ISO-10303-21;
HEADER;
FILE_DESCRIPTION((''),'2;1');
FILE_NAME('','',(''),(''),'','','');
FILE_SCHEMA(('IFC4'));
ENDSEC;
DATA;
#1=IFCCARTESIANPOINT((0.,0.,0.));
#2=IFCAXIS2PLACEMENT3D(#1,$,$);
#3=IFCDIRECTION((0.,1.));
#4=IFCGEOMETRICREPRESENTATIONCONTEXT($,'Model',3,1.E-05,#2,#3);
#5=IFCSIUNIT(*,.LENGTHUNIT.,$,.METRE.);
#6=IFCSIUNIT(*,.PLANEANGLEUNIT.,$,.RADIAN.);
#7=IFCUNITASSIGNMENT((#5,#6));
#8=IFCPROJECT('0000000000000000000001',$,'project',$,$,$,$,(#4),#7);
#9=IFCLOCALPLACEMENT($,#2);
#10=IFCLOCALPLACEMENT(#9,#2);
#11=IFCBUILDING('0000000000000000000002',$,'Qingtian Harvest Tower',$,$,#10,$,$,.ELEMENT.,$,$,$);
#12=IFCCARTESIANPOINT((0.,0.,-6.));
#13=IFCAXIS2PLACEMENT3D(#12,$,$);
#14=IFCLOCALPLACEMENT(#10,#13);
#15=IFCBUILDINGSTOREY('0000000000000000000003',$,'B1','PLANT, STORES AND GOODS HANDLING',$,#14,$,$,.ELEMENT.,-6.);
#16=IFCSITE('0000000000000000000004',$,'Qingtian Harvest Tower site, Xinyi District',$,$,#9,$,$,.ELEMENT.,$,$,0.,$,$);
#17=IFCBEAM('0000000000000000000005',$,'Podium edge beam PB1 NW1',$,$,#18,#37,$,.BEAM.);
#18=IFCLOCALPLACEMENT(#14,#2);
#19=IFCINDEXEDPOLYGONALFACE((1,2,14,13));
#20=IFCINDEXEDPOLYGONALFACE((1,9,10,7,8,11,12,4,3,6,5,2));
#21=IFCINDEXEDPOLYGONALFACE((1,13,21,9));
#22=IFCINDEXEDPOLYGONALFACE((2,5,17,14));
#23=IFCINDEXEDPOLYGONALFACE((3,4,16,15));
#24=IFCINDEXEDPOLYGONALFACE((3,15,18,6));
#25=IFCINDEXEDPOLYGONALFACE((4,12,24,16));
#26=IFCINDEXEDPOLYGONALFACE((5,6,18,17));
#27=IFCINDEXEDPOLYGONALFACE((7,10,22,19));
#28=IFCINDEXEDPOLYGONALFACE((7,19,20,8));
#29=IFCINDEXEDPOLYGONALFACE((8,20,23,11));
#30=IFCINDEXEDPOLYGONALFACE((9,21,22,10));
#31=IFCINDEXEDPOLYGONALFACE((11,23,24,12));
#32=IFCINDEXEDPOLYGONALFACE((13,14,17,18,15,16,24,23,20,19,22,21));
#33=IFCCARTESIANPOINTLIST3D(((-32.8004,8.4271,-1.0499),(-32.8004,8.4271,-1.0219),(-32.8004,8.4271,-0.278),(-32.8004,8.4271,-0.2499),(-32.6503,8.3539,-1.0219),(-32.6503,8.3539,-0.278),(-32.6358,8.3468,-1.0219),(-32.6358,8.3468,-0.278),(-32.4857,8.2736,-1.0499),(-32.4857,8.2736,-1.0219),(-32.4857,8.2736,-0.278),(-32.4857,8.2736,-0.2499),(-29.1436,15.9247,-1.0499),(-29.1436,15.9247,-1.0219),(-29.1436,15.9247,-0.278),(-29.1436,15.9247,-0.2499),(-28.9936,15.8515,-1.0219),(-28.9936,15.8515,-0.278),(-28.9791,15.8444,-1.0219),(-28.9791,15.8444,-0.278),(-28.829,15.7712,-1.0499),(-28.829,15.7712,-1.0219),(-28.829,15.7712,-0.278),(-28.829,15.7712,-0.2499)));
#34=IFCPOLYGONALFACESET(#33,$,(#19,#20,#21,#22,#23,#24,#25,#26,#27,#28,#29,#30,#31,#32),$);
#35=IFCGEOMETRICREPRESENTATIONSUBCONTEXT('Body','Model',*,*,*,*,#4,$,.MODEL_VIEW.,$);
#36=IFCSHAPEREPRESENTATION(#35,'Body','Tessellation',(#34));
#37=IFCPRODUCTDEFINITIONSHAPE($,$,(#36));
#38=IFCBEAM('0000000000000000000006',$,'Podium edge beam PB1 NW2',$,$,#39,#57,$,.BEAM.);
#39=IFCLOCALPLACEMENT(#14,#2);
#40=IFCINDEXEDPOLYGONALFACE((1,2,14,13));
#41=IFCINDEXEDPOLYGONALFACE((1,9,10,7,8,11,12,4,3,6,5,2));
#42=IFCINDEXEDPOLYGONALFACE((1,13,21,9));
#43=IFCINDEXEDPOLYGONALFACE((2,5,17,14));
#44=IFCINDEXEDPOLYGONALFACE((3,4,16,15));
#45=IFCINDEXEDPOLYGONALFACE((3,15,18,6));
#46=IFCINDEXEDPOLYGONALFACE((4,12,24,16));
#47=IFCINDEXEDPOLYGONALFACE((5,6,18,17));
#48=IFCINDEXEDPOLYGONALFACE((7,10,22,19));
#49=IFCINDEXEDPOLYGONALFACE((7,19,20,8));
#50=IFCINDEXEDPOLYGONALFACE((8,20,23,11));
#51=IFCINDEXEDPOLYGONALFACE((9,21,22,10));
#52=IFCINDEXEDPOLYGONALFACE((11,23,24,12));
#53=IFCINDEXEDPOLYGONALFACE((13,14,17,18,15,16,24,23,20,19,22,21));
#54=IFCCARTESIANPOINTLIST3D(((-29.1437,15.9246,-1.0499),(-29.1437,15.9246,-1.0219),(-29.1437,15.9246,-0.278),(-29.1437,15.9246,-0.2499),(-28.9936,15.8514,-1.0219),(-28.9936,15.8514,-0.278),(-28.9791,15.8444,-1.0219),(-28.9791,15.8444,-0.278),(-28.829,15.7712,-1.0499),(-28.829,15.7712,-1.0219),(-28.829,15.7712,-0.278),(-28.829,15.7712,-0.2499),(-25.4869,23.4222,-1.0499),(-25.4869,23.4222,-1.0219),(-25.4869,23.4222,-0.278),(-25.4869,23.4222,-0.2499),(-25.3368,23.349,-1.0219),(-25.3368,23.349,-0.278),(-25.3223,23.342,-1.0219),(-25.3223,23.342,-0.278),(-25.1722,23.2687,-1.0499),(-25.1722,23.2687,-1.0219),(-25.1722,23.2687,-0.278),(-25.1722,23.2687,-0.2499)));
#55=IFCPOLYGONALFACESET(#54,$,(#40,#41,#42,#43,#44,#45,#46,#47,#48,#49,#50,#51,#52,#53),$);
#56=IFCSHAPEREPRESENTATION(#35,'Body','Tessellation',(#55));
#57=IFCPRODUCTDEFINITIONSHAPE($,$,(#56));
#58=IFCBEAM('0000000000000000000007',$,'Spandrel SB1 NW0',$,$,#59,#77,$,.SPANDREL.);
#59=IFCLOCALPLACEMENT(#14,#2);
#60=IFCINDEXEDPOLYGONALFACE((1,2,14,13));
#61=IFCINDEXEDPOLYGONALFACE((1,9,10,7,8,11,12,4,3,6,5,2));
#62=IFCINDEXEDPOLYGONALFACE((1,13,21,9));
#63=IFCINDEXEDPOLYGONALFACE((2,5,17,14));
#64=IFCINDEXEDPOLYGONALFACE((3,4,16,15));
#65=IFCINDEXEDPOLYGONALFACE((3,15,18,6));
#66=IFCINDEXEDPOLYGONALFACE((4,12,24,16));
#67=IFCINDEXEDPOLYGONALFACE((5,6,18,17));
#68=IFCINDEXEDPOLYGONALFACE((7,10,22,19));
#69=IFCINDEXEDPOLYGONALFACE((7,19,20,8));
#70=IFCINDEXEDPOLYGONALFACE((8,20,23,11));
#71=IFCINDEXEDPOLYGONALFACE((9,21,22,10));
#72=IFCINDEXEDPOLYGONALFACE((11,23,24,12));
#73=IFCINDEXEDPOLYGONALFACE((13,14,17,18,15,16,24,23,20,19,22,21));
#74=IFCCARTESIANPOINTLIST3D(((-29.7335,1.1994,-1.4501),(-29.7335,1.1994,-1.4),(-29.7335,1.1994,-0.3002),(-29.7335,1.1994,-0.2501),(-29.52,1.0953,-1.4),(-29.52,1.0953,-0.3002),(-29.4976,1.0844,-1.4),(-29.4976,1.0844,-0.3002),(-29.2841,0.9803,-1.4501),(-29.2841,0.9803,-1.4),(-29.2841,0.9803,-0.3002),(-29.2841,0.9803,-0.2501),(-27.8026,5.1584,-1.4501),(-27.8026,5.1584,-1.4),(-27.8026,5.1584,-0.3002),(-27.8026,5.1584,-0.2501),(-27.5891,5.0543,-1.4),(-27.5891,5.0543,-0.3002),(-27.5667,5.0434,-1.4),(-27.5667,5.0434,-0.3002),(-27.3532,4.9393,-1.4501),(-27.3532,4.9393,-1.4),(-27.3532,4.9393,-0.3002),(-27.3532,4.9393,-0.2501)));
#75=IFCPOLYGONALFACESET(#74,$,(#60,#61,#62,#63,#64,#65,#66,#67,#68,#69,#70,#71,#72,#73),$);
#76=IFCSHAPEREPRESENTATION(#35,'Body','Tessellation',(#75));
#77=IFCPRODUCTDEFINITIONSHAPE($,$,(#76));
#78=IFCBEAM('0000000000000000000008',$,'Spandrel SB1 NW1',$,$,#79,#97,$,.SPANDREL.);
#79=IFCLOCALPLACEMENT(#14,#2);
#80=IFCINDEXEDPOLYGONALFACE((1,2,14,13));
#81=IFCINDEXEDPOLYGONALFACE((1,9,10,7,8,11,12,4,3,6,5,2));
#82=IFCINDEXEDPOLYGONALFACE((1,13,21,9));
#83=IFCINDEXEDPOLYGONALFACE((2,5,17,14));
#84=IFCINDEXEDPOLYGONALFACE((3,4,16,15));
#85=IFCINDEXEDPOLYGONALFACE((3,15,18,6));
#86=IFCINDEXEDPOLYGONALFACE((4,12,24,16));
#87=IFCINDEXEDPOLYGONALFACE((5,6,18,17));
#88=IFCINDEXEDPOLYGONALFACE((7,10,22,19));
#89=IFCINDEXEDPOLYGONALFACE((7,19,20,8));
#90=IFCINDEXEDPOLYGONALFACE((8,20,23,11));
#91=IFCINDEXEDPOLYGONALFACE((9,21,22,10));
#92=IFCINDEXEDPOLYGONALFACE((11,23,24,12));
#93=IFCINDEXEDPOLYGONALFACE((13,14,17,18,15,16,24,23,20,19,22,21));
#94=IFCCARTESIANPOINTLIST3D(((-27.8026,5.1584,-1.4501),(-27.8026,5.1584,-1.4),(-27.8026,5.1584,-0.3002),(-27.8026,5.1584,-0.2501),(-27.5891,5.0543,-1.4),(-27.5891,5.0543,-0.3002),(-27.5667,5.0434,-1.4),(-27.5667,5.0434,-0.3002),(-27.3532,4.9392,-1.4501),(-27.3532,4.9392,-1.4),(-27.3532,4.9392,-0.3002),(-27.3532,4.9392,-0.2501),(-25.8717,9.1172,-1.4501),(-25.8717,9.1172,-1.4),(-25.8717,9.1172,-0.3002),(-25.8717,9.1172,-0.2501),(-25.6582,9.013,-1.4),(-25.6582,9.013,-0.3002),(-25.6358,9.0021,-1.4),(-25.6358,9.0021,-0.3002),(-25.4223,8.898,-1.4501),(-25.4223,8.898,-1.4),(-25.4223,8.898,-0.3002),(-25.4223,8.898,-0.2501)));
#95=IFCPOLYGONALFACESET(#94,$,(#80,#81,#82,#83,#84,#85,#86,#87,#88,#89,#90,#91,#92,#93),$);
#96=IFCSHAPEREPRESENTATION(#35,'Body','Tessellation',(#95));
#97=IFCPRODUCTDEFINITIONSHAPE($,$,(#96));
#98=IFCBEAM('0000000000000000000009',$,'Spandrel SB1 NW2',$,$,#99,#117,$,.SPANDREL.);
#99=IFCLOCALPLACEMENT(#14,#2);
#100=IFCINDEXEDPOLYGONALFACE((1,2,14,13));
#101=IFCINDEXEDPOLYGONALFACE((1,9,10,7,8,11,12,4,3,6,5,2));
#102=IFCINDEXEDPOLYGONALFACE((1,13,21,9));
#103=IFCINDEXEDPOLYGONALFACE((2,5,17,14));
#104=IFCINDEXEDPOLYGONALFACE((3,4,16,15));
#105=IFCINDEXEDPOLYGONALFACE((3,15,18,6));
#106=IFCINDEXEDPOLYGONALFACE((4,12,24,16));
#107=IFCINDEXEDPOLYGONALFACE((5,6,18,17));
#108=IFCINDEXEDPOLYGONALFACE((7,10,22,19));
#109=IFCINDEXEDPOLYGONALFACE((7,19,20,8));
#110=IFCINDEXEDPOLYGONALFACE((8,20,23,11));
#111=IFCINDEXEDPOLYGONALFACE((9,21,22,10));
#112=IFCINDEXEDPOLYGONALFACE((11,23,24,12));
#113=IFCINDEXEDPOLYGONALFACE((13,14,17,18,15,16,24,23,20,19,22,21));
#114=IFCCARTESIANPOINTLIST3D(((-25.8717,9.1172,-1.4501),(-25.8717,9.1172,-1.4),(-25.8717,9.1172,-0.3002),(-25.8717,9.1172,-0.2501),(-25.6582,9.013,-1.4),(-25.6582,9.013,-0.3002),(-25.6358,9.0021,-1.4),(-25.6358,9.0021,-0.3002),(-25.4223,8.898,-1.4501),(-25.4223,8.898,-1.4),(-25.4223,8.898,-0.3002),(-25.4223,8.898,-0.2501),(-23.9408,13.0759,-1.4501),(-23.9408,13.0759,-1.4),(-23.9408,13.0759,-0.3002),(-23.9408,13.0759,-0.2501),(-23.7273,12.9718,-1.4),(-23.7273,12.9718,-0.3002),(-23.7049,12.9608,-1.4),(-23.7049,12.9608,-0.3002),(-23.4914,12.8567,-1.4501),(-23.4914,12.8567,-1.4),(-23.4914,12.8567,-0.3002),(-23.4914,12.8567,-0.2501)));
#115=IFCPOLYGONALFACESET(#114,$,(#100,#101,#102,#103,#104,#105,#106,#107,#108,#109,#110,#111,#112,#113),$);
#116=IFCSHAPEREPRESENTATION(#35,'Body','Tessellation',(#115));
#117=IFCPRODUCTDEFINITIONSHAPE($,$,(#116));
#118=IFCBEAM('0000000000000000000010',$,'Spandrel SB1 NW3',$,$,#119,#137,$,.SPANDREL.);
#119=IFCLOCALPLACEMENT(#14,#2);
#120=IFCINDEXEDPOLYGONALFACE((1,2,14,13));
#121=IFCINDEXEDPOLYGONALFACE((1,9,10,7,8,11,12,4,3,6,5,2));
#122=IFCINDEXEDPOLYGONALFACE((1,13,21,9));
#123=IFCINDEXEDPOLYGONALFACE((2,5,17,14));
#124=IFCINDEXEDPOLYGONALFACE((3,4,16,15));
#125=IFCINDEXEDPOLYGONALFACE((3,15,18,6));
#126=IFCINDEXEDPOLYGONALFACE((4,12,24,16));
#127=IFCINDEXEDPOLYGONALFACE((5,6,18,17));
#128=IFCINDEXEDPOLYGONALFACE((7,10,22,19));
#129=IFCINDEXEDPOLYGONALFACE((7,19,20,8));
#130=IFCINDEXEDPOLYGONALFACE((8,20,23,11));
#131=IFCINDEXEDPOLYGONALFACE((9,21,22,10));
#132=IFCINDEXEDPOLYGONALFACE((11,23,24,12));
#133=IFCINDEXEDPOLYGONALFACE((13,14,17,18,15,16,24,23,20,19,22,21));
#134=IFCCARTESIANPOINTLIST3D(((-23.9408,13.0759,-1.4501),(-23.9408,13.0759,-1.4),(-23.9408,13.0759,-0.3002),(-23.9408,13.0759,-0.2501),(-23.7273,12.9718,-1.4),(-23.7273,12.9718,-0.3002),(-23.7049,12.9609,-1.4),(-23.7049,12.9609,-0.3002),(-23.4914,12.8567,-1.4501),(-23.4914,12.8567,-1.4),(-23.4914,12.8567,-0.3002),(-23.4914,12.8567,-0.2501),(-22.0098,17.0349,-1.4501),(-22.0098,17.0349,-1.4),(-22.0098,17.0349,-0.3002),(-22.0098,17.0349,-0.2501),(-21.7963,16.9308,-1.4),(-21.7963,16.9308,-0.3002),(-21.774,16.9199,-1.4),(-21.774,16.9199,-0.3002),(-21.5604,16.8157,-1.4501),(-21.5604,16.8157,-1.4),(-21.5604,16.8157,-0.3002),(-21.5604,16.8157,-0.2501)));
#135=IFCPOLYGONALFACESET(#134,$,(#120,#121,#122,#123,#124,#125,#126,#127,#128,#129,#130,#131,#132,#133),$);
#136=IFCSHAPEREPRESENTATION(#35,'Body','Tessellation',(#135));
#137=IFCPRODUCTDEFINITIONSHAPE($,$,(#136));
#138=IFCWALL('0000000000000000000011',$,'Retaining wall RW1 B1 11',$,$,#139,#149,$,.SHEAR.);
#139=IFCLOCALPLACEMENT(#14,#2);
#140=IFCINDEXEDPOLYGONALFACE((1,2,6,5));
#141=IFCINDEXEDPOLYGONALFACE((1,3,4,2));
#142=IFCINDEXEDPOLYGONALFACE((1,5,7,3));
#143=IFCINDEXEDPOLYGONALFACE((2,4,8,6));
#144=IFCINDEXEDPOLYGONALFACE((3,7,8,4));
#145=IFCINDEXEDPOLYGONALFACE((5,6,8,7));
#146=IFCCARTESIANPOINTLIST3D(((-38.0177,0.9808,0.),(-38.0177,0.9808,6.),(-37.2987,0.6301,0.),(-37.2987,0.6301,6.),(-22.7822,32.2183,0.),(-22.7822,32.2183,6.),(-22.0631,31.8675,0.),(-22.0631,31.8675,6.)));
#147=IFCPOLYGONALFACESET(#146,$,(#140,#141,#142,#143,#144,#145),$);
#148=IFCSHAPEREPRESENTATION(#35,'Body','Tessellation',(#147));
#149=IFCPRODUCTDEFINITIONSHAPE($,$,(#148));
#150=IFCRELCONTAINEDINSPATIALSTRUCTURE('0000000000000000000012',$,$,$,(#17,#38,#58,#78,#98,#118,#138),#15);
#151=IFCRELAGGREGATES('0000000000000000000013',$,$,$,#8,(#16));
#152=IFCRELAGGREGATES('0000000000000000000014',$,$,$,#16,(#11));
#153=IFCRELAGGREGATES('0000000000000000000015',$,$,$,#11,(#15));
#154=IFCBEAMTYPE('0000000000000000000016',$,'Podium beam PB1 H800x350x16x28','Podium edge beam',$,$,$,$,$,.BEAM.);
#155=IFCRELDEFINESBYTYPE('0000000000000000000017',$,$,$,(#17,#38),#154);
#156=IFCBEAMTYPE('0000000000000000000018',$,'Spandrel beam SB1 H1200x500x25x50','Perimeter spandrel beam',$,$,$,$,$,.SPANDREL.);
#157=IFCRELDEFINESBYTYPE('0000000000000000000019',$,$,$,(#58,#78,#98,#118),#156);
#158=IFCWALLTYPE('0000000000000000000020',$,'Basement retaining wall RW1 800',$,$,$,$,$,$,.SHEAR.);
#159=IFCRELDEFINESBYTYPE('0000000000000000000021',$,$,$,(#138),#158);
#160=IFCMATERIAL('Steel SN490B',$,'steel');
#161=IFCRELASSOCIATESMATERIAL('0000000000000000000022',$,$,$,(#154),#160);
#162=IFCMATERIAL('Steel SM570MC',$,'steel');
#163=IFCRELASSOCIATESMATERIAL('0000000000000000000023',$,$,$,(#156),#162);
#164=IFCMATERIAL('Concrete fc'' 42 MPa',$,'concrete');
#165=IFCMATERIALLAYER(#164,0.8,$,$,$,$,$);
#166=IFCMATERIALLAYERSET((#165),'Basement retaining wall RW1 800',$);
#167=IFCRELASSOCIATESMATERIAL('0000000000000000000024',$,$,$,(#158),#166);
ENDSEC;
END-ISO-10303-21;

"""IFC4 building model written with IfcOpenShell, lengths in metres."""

from ifc_helpers import new_model, si_unit, direction, frame, frame_2d, origin, origin_2d, place, context, subcontext, project, spatial, rectangle, i_section, extrude, material, layer, layer_set, material_profile, profile_set, type_object, element, save


model = new_model("IFC4")

# Units and contexts
model_context = context("Model", 3, precision=1e-05, world=origin(), true_north=direction((0.0, 1.0)))
body_context = subcontext(model_context, "Body", "Model", "MODEL_VIEW")
ifc_project = project(units=[si_unit("LENGTHUNIT", "METRE"), si_unit("PLANEANGLEUNIT", "RADIAN")], contexts=[model_context])

# Site, building, storey
site_placement = place(None, origin())
site = spatial("IfcSite", under=ifc_project, at=site_placement, Name="Qingtian Harvest Tower site, Xinyi District", CompositionType="ELEMENT", RefElevation=0.0)
building_placement = place(site_placement, origin())
building = spatial("IfcBuilding", under=site, at=building_placement, Name="Qingtian Harvest Tower", CompositionType="ELEMENT")
storey_placement = place(building_placement, frame((0.0, 0.0, -6.0)))
storey = spatial("IfcBuildingStorey", under=building, at=storey_placement, Name="B1", Description="PLANT, STORES AND GOODS HANDLING", CompositionType="ELEMENT", Elevation=-6.0)

# Beams
ifc_material_1 = material(Name="Steel SN490B", Category="steel")
ifc_material_profile_1 = material_profile(ifc_material_1, i_section(OverallWidth=0.3501, OverallDepth=0.8, WebThickness=0.0161, FlangeThickness=0.0281, at=origin_2d()), Name="H800x350x16x28")
ifc_profile_set_1 = profile_set([ifc_material_profile_1], Name="Steel SN490B")
beam_type_1 = type_object("IfcBeamType", Name="Podium beam PB1 H800x350x16x28", Description="Podium edge beam", PredefinedType="BEAM", material=ifc_profile_set_1)
for number, where, z_axis, x_axis, name in (
    (1, (-32.6431, 8.3503, -0.6499), (0.438365, 0.898797, 0.0), (-0.898797, 0.438365, 0.0), "Podium edge beam PB1 NW1"),
    (2, (-28.9863, 15.8479, -0.6499), (0.438365, 0.898797, 0.0), (-0.898797, 0.438365, 0.0), "Podium edge beam PB1 NW2"),
):
    element("IfcBeam", number, at=place(storey_placement, frame(where, z_axis=z_axis, x_axis=x_axis)), inside=storey, type_object=beam_type_1, Name=name, PredefinedType="BEAM", context=body_context, shape_type="SweptSolid", body=[
        extrude(i_section(OverallWidth=0.3501, OverallDepth=0.8, WebThickness=0.0161, FlangeThickness=0.0281, at=origin_2d()), origin(), (0.0, 0.0, 1.0), 8.3418),
    ])
ifc_material_2 = material(Name="Steel SM570MC", Category="steel")
ifc_material_profile_2 = material_profile(ifc_material_2, i_section(OverallWidth=0.5, OverallDepth=1.2, WebThickness=0.0249, FlangeThickness=0.05, at=origin_2d()), Name="H1200x500x25x50")
ifc_profile_set_2 = profile_set([ifc_material_profile_2], Name="Steel SM570MC")
beam_type_2 = type_object("IfcBeamType", Name="Spandrel beam SB1 H1200x500x25x50", Description="Perimeter spandrel beam", PredefinedType="SPANDREL", material=ifc_profile_set_2)
beam_1_placement = place(storey_placement, frame((-29.5088, 1.0898, -0.8501), z_axis=(0.438368, 0.898796, 0.0), x_axis=(-0.898796, 0.438368, 0.0)))
element("IfcBeam", 3, at=beam_1_placement, inside=storey, type_object=beam_type_2, Name="Spandrel SB1 NW0", PredefinedType="SPANDREL", context=body_context, shape_type="SweptSolid", body=[
    extrude(i_section(OverallWidth=0.5, OverallDepth=1.2, WebThickness=0.0249, FlangeThickness=0.05, at=origin_2d()), origin(), (0.0, 0.0, 1.0), 4.4048),
])
for number, where, z_axis, x_axis, name in (
    (4, (-27.5779, 5.0488, -0.8501), (0.43839, 0.898785, 0.0), (-0.898785, 0.43839, 0.0), "Spandrel SB1 NW1"),
    (5, (-25.647, 9.0076, -0.8501), (0.43839, 0.898785, 0.0), (-0.898785, 0.43839, 0.0), "Spandrel SB1 NW2"),
):
    element("IfcBeam", number, at=place(storey_placement, frame(where, z_axis=z_axis, x_axis=x_axis)), inside=storey, type_object=beam_type_2, Name=name, PredefinedType="SPANDREL", context=body_context, shape_type="SweptSolid", body=[
        extrude(i_section(OverallWidth=0.5, OverallDepth=1.2, WebThickness=0.0249, FlangeThickness=0.05, at=origin_2d()), origin(), (0.0, 0.0, 1.0), 4.4045),
    ])
beam_2_placement = place(storey_placement, frame((-23.7161, 12.9663, -0.8501), z_axis=(0.438368, 0.898796, 0.0), x_axis=(-0.898796, 0.438368, 0.0)))
element("IfcBeam", 6, at=beam_2_placement, inside=storey, type_object=beam_type_2, Name="Spandrel SB1 NW3", PredefinedType="SPANDREL", context=body_context, shape_type="SweptSolid", body=[
    extrude(i_section(OverallWidth=0.5, OverallDepth=1.2, WebThickness=0.0249, FlangeThickness=0.05, at=origin_2d()), origin(), (0.0, 0.0, 1.0), 4.4048),
])

# Wall
ifc_material_3 = material(Name="Concrete fc' 42 MPa", Category="concrete")
ifc_layer = layer(ifc_material_3, 0.8)
ifc_layer_set = layer_set([ifc_layer], Name="Basement retaining wall RW1 800")
wall_type = type_object("IfcWallType", Name="Basement retaining wall RW1 800", PredefinedType="SHEAR", material=ifc_layer_set)
wall_placement = place(storey_placement, frame((-37.6582, 0.8054, 0.0), z_axis=(0.0, 0.0, 1.0), x_axis=(0.438372, 0.898794, 0.0)))
element("IfcWall", 7, at=wall_placement, inside=storey, type_object=wall_type, Name="Retaining wall RW1 B1 11", PredefinedType="SHEAR", context=body_context, shape_type="SweptSolid", body=[
    extrude(rectangle(XDim=34.7549, YDim=0.8, at=frame_2d((17.3774, 0.0))), origin(), (0.0, 0.0, 1.0), 6.0),
])

save(model, "model.ifc")
